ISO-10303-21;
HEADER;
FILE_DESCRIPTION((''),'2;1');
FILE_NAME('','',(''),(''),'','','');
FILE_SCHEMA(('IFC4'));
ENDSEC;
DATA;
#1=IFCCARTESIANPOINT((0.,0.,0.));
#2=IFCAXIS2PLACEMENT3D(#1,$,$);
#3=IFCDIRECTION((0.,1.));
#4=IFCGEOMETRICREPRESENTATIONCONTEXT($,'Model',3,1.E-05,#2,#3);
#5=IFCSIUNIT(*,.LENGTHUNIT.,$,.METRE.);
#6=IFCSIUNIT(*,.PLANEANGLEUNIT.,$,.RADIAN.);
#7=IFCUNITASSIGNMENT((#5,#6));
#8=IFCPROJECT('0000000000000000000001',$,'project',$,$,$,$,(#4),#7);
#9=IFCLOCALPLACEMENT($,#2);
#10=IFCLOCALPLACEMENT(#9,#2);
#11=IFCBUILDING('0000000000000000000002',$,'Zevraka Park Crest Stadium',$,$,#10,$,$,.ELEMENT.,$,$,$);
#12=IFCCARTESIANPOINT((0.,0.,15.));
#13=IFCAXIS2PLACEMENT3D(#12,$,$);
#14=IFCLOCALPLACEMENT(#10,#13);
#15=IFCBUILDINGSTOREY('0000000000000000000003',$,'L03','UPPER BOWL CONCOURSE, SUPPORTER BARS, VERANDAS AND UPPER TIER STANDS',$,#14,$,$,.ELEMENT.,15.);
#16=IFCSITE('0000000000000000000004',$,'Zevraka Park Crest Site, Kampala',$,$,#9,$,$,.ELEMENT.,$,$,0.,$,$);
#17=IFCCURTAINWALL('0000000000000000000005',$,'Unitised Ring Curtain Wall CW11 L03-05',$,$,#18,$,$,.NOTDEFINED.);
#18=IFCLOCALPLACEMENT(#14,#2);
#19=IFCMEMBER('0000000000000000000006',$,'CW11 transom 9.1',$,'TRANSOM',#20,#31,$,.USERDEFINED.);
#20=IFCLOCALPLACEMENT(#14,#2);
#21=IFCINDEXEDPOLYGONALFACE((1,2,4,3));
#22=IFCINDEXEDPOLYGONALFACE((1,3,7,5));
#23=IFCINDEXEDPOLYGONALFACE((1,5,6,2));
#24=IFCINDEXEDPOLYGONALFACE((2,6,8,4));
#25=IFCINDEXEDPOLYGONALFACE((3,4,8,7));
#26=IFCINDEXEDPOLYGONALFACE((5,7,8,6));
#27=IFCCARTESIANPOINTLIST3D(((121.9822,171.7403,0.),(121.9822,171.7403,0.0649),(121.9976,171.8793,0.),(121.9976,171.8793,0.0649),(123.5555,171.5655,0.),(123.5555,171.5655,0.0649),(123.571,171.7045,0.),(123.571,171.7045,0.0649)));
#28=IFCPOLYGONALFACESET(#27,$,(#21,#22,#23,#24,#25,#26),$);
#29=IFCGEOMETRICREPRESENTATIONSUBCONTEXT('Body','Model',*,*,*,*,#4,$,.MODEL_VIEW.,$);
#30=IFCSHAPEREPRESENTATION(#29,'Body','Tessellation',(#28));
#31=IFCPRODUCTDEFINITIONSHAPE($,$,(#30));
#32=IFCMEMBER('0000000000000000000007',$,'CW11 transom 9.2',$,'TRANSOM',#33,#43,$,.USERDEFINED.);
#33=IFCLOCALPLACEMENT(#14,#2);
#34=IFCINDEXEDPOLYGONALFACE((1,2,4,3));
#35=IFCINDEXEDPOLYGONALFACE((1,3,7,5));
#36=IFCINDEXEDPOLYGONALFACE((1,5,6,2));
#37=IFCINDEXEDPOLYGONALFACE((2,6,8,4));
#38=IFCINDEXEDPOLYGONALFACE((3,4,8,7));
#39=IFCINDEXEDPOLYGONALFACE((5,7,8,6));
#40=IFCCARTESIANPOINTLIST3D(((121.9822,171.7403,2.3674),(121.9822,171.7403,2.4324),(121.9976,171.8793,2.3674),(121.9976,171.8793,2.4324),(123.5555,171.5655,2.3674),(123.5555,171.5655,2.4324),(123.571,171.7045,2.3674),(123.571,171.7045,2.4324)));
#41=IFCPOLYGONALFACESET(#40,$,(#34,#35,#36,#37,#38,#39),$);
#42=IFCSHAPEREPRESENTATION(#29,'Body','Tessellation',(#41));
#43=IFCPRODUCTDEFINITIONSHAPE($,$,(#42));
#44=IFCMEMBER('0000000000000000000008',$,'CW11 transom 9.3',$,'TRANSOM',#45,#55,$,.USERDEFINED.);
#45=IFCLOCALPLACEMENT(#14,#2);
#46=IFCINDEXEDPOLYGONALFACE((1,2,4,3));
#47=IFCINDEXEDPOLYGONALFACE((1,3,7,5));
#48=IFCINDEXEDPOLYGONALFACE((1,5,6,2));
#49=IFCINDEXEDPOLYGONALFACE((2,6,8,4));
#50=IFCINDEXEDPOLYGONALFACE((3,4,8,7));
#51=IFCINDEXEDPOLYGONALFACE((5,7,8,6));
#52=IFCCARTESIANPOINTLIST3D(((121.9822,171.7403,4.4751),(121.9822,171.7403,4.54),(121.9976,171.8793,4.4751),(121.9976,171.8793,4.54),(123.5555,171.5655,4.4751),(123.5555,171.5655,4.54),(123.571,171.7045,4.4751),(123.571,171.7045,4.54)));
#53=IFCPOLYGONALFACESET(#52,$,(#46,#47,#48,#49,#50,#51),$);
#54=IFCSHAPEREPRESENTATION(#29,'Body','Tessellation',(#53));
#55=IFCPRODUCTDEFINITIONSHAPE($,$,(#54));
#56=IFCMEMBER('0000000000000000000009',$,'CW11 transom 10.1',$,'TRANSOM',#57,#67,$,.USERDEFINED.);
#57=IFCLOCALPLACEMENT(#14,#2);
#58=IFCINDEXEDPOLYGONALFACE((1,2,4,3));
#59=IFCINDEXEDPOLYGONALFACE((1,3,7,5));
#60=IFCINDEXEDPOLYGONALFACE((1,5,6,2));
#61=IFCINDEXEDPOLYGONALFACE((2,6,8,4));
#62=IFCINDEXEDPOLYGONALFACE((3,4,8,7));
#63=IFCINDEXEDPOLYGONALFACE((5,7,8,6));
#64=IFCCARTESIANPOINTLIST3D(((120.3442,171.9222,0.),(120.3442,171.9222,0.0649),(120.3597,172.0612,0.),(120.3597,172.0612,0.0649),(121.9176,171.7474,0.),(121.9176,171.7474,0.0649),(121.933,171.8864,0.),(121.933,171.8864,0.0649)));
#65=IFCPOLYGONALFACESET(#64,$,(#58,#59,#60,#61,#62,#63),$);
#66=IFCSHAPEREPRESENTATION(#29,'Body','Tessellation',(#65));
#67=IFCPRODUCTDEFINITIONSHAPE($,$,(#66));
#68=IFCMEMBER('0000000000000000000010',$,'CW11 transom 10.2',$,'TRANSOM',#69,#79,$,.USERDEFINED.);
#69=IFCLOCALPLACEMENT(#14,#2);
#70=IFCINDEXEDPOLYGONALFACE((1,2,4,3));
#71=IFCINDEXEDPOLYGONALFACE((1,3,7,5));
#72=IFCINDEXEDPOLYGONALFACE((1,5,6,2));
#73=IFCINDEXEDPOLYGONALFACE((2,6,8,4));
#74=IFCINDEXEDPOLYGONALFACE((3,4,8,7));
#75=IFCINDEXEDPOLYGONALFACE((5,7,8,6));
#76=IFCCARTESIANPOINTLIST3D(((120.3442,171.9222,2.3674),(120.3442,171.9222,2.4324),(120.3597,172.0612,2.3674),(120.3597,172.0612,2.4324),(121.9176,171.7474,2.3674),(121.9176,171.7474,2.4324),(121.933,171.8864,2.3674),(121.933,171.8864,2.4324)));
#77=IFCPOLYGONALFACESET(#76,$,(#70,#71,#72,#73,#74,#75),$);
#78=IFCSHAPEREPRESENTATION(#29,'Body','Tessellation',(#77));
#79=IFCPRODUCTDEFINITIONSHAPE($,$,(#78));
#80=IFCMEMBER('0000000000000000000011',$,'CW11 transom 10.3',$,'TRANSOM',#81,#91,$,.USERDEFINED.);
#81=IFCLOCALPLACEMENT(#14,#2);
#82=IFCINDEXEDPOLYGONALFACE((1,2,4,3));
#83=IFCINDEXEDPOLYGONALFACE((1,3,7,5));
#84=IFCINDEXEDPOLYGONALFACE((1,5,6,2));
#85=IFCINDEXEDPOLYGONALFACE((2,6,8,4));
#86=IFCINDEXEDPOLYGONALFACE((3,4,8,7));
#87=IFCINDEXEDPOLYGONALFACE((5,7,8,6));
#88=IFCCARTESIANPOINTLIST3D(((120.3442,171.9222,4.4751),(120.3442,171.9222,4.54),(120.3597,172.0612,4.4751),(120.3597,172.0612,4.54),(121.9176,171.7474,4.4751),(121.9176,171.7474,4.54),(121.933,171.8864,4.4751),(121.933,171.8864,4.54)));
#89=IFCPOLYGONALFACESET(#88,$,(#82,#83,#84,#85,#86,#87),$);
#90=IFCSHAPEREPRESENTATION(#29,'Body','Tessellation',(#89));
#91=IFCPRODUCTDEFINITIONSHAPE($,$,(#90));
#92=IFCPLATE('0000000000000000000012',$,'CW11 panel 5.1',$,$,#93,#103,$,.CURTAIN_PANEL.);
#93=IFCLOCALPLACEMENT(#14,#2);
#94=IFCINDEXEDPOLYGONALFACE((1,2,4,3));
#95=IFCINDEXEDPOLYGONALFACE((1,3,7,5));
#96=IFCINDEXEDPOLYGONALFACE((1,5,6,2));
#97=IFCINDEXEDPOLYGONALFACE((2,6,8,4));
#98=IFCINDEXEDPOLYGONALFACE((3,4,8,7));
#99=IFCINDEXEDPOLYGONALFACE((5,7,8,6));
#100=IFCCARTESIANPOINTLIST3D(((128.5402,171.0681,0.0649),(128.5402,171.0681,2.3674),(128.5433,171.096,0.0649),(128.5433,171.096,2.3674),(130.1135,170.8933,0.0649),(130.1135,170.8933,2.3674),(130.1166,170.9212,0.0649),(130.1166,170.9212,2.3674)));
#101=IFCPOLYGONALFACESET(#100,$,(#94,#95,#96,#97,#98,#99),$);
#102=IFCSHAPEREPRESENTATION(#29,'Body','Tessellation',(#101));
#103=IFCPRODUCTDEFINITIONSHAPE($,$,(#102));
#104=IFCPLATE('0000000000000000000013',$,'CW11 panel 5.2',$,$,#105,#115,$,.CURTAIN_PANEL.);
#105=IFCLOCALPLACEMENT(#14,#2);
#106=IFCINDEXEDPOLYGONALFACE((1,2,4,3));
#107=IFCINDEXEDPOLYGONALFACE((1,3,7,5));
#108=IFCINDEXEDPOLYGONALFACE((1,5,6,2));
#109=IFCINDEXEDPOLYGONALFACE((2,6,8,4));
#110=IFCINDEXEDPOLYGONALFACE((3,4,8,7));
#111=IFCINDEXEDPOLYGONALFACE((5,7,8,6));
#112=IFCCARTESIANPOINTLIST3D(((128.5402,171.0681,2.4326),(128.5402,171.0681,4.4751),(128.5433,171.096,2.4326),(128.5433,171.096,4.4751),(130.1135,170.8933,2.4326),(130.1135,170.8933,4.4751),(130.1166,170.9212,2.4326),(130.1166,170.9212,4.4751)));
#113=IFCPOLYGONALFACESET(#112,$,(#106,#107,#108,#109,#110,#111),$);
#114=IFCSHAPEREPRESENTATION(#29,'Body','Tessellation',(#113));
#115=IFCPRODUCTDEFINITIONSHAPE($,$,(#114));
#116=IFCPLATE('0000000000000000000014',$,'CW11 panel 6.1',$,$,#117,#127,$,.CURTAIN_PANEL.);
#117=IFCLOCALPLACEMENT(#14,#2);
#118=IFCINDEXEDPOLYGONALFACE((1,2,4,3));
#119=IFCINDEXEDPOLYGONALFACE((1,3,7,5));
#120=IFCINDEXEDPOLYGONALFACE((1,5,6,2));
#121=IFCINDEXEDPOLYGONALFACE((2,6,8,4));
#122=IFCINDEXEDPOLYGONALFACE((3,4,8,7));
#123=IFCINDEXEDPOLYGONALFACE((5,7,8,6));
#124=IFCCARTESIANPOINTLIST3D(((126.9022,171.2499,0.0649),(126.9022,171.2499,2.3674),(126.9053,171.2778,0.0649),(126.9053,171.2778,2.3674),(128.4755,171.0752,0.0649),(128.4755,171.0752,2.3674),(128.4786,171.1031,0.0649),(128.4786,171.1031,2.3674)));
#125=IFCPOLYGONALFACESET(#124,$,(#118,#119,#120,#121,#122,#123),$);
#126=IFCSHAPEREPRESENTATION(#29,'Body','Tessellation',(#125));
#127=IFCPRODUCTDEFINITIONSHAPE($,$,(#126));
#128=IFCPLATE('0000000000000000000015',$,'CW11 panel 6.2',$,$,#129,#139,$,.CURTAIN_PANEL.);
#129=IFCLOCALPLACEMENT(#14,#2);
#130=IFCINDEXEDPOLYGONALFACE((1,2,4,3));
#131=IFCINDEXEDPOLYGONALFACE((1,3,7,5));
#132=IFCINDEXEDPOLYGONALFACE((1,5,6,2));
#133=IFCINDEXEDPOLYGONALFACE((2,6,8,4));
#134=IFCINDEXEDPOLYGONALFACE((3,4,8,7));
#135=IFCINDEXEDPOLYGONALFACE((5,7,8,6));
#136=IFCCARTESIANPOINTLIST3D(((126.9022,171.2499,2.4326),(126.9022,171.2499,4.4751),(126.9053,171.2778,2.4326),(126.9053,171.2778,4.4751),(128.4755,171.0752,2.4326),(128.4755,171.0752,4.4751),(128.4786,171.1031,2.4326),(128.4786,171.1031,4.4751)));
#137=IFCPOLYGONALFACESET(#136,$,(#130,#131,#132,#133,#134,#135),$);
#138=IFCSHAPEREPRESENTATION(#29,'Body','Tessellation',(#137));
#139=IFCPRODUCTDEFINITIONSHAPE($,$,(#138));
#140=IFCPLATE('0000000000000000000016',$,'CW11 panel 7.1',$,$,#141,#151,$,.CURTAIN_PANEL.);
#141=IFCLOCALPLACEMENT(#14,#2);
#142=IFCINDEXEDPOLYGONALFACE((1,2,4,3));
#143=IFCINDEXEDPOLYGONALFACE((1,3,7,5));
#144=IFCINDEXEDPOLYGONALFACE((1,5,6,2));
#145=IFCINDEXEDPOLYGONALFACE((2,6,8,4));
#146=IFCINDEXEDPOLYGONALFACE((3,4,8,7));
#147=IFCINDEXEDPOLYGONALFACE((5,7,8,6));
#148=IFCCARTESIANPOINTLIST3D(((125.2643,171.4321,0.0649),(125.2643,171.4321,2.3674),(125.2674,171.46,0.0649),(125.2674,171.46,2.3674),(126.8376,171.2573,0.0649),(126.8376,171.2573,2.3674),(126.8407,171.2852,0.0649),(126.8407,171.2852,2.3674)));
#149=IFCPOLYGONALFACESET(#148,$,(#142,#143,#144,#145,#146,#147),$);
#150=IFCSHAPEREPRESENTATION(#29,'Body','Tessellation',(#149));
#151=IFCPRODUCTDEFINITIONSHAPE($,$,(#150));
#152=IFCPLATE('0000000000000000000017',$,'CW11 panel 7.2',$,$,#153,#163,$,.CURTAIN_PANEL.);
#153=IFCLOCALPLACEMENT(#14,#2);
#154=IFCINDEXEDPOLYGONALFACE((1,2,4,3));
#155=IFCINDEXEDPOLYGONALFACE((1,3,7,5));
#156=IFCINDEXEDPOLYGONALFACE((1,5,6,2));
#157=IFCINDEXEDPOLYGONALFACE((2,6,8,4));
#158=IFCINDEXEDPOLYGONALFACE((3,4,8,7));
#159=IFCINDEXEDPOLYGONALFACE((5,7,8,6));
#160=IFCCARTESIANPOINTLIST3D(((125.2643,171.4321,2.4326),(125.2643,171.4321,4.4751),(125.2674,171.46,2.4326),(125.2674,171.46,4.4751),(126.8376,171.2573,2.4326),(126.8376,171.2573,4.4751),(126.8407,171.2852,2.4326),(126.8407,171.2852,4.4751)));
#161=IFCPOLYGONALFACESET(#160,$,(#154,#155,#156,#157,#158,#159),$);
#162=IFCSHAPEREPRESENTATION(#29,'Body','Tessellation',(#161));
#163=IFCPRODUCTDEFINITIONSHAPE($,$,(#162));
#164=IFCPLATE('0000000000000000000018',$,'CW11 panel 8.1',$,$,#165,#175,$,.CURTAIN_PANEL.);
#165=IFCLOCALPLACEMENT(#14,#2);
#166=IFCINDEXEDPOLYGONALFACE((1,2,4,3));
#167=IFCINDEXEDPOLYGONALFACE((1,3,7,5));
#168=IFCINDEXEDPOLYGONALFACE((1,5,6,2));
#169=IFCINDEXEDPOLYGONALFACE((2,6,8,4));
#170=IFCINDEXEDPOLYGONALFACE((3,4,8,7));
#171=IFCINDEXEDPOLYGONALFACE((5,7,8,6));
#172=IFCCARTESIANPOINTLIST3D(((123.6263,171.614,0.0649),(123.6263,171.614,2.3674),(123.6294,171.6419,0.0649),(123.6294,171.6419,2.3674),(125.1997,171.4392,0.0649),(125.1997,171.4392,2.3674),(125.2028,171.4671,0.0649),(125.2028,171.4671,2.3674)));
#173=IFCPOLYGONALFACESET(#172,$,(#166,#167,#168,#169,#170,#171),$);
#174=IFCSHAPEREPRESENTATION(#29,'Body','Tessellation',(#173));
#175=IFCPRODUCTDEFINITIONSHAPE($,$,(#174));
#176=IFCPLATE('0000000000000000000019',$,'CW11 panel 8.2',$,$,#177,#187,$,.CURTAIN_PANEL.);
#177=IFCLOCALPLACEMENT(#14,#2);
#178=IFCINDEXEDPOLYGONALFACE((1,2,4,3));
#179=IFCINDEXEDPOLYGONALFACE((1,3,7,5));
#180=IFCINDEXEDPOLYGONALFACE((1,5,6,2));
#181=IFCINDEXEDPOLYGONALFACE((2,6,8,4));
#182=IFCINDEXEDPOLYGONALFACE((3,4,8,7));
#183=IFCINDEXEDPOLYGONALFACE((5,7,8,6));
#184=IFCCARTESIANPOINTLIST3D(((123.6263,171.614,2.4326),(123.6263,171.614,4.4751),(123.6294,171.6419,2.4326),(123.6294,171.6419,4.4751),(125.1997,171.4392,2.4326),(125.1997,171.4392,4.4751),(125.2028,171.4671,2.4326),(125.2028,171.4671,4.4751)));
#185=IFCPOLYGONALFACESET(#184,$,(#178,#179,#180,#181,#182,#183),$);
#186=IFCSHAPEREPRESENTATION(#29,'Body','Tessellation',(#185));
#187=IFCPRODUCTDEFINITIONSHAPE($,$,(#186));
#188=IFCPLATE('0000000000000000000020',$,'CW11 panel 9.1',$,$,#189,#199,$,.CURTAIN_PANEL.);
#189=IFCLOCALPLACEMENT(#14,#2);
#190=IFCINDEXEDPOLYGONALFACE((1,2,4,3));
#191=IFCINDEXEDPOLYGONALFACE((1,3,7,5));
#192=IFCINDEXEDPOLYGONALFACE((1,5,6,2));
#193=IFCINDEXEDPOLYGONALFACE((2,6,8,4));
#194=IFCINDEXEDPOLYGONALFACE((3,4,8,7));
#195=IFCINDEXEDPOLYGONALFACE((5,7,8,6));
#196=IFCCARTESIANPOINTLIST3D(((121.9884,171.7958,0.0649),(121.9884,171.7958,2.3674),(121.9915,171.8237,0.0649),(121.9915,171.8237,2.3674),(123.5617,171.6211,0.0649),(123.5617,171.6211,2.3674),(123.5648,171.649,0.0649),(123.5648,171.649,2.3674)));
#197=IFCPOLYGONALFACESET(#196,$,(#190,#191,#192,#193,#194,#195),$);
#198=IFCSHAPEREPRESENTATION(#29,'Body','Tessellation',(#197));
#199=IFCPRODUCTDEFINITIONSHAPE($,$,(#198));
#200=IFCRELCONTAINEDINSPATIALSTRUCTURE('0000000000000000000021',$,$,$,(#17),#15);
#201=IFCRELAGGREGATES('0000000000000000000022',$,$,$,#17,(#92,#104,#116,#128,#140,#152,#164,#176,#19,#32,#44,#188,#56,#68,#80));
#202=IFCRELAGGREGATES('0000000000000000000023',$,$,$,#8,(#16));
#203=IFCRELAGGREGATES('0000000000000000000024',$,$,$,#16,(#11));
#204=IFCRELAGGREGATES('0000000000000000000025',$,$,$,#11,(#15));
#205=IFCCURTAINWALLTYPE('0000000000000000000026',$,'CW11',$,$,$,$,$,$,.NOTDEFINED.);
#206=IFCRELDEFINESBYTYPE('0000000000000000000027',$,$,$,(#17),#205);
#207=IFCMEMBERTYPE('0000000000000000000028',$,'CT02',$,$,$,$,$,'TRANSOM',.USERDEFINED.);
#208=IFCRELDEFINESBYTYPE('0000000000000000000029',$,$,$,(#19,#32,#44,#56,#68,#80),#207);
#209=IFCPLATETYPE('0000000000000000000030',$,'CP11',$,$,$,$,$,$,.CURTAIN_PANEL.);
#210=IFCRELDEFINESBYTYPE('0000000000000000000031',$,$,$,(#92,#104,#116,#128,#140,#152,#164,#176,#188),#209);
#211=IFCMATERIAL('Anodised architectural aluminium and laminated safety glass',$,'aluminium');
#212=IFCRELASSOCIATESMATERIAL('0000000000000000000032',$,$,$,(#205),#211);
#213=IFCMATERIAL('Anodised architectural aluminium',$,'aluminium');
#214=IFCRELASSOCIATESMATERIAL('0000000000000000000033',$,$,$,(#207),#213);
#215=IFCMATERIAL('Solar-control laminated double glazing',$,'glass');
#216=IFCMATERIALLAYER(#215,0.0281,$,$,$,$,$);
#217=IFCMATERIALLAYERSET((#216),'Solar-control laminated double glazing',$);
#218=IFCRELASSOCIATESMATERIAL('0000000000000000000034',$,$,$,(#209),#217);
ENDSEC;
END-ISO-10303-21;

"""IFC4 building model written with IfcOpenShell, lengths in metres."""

from ifc_helpers import new_model, si_unit, direction, frame, origin, origin_2d, place, context, subcontext, project, spatial, rectangle, extrude, material, layer, layer_set, material_profile, profile_set, type_object, element, aggregate, save


model = new_model("IFC4")

# Units and contexts
model_context = context("Model", 3, precision=1e-05, world=origin(), true_north=direction((0.0, 1.0)))
body_context = subcontext(model_context, "Body", "Model", "MODEL_VIEW")
ifc_project = project(units=[si_unit("LENGTHUNIT", "METRE"), si_unit("PLANEANGLEUNIT", "RADIAN")], contexts=[model_context])

# Site, building, storey
site_placement = place(None, origin())
site = spatial("IfcSite", under=ifc_project, at=site_placement, Name="Zevraka Park Crest Site, Kampala", CompositionType="ELEMENT", RefElevation=0.0)
building_placement = place(site_placement, origin())
building = spatial("IfcBuilding", under=site, at=building_placement, Name="Zevraka Park Crest Stadium", CompositionType="ELEMENT")
storey_placement = place(building_placement, frame((0.0, 0.0, 15.0)))
storey = spatial("IfcBuildingStorey", under=building, at=storey_placement, Name="L03", Description="UPPER BOWL CONCOURSE, SUPPORTER BARS, VERANDAS AND UPPER TIER STANDS", CompositionType="ELEMENT", Elevation=15.0)

# Curtain wall, members, plates
ifc_material_1 = material(Name="Anodised architectural aluminium and laminated safety glass", Category="aluminium")
curtain_wall_type = type_object("IfcCurtainWallType", Name="CW11", PredefinedType="NOTDEFINED", material=ifc_material_1)
curtain_wall_placement = place(storey_placement, origin())
curtain_wall = element("IfcCurtainWall", 1, at=curtain_wall_placement, inside=storey, type_object=curtain_wall_type, Name="Unitised Ring Curtain Wall CW11 L03-05", PredefinedType="NOTDEFINED")
ifc_material_2 = material(Name="Anodised architectural aluminium", Category="aluminium")
ifc_material_profile_1 = material_profile(ifc_material_2, rectangle(XDim=0.1399, YDim=0.0649, at=origin_2d()), Name="ALU TRANSOM 140x65")
ifc_profile_set_1 = profile_set([ifc_material_profile_1], Name="Anodised architectural aluminium")
member_type_1 = type_object("IfcMemberType", Name="CT02", ElementType="TRANSOM", PredefinedType="USERDEFINED", material=ifc_profile_set_1)
member_1_placement = place(storey_placement, frame((123.5632, 171.635, 0.0325), z_axis=(-0.993884, 0.110432, 0.0), x_axis=(-0.110432, -0.993884, 0.0)))
member_1 = element("IfcMember", 2, at=member_1_placement, type_object=member_type_1, Name="CW11 transom 9.1", ObjectType="TRANSOM", PredefinedType="USERDEFINED", context=body_context, shape_type="SweptSolid", body=[
    extrude(rectangle(XDim=0.1399, YDim=0.0649, at=origin_2d()), origin(), (0.0, 0.0, 1.0), 1.583),
])
member_2_placement = place(storey_placement, frame((123.5632, 171.635, 2.3999), z_axis=(-0.993884, 0.110432, 0.0), x_axis=(-0.110432, -0.993884, 0.0)))
member_2 = element("IfcMember", 3, at=member_2_placement, type_object=member_type_1, Name="CW11 transom 9.2", ObjectType="TRANSOM", PredefinedType="USERDEFINED", context=body_context, shape_type="SweptSolid", body=[
    extrude(rectangle(XDim=0.1399, YDim=0.0649, at=origin_2d()), origin(), (0.0, 0.0, 1.0), 1.583),
])
member_3_placement = place(storey_placement, frame((123.5632, 171.635, 4.5076), z_axis=(-0.993884, 0.110432, 0.0), x_axis=(-0.110432, -0.993884, 0.0)))
member_3 = element("IfcMember", 4, at=member_3_placement, type_object=member_type_1, Name="CW11 transom 9.3", ObjectType="TRANSOM", PredefinedType="USERDEFINED", context=body_context, shape_type="SweptSolid", body=[
    extrude(rectangle(XDim=0.1399, YDim=0.0649, at=origin_2d()), origin(), (0.0, 0.0, 1.0), 1.583),
])
member_4_placement = place(storey_placement, frame((121.9253, 171.8169, 0.0325), z_axis=(-0.993884, 0.110432, 0.0), x_axis=(-0.110432, -0.993884, 0.0)))
member_4 = element("IfcMember", 5, at=member_4_placement, type_object=member_type_1, Name="CW11 transom 10.1", ObjectType="TRANSOM", PredefinedType="USERDEFINED", context=body_context, shape_type="SweptSolid", body=[
    extrude(rectangle(XDim=0.1399, YDim=0.0649, at=origin_2d()), origin(), (0.0, 0.0, 1.0), 1.583),
])
member_5_placement = place(storey_placement, frame((121.9253, 171.8169, 2.3999), z_axis=(-0.993884, 0.110432, 0.0), x_axis=(-0.110432, -0.993884, 0.0)))
member_5 = element("IfcMember", 6, at=member_5_placement, type_object=member_type_1, Name="CW11 transom 10.2", ObjectType="TRANSOM", PredefinedType="USERDEFINED", context=body_context, shape_type="SweptSolid", body=[
    extrude(rectangle(XDim=0.1399, YDim=0.0649, at=origin_2d()), origin(), (0.0, 0.0, 1.0), 1.583),
])
member_6_placement = place(storey_placement, frame((121.9253, 171.8169, 4.5076), z_axis=(-0.993884, 0.110432, 0.0), x_axis=(-0.110432, -0.993884, 0.0)))
member_6 = element("IfcMember", 7, at=member_6_placement, type_object=member_type_1, Name="CW11 transom 10.3", ObjectType="TRANSOM", PredefinedType="USERDEFINED", context=body_context, shape_type="SweptSolid", body=[
    extrude(rectangle(XDim=0.1399, YDim=0.0649, at=origin_2d()), origin(), (0.0, 0.0, 1.0), 1.583),
])
ifc_material_3 = material(Name="Solar-control laminated double glazing", Category="glass")
ifc_layer_1 = layer(ifc_material_3, 0.0281)
ifc_layer_set_1 = layer_set([ifc_layer_1], Name="Solar-control laminated double glazing")
plate_type = type_object("IfcPlateType", Name="CP11", PredefinedType="CURTAIN_PANEL", material=ifc_layer_set_1)
plate_1_placement = place(storey_placement, frame((129.3284, 170.9946, 0.0649), z_axis=(0.0, 0.0, 1.0), x_axis=(-0.993888, 0.110396, 0.0)))
plate_1 = element("IfcPlate", 8, at=plate_1_placement, type_object=plate_type, Name="CW11 panel 5.1", PredefinedType="CURTAIN_PANEL", context=body_context, shape_type="SweptSolid", body=[
    extrude(rectangle(XDim=1.583, YDim=0.0281, at=origin_2d()), origin(), (0.0, 0.0, 1.0), 2.3025),
])
plate_2_placement = place(storey_placement, frame((129.3284, 170.9946, 2.4326), z_axis=(0.0, 0.0, 1.0), x_axis=(-0.993888, 0.110396, 0.0)))
plate_2 = element("IfcPlate", 9, at=plate_2_placement, type_object=plate_type, Name="CW11 panel 5.2", PredefinedType="CURTAIN_PANEL", context=body_context, shape_type="SweptSolid", body=[
    extrude(rectangle(XDim=1.583, YDim=0.0281, at=origin_2d()), origin(), (0.0, 0.0, 1.0), 2.0425),
])
plate_3_placement = place(storey_placement, frame((127.6904, 171.1765, 0.0649), z_axis=(0.0, 0.0, 1.0), x_axis=(-0.993888, 0.110396, 0.0)))
plate_3 = element("IfcPlate", 10, at=plate_3_placement, type_object=plate_type, Name="CW11 panel 6.1", PredefinedType="CURTAIN_PANEL", context=body_context, shape_type="SweptSolid", body=[
    extrude(rectangle(XDim=1.583, YDim=0.0281, at=origin_2d()), origin(), (0.0, 0.0, 1.0), 2.3025),
])
plate_4_placement = place(storey_placement, frame((127.6904, 171.1765, 2.4326), z_axis=(0.0, 0.0, 1.0), x_axis=(-0.993888, 0.110396, 0.0)))
plate_4 = element("IfcPlate", 11, at=plate_4_placement, type_object=plate_type, Name="CW11 panel 6.2", PredefinedType="CURTAIN_PANEL", context=body_context, shape_type="SweptSolid", body=[
    extrude(rectangle(XDim=1.583, YDim=0.0281, at=origin_2d()), origin(), (0.0, 0.0, 1.0), 2.0425),
])
plate_5_placement = place(storey_placement, frame((126.0525, 171.3586, 0.0649), z_axis=(0.0, 0.0, 1.0), x_axis=(-0.993888, 0.110396, 0.0)))
plate_5 = element("IfcPlate", 12, at=plate_5_placement, type_object=plate_type, Name="CW11 panel 7.1", PredefinedType="CURTAIN_PANEL", context=body_context, shape_type="SweptSolid", body=[
    extrude(rectangle(XDim=1.583, YDim=0.0281, at=origin_2d()), origin(), (0.0, 0.0, 1.0), 2.3025),
])
plate_6_placement = place(storey_placement, frame((126.0525, 171.3586, 2.4326), z_axis=(0.0, 0.0, 1.0), x_axis=(-0.993888, 0.110396, 0.0)))
plate_6 = element("IfcPlate", 13, at=plate_6_placement, type_object=plate_type, Name="CW11 panel 7.2", PredefinedType="CURTAIN_PANEL", context=body_context, shape_type="SweptSolid", body=[
    extrude(rectangle(XDim=1.583, YDim=0.0281, at=origin_2d()), origin(), (0.0, 0.0, 1.0), 2.0425),
])
plate_7_placement = place(storey_placement, frame((124.4146, 171.5405, 0.0649), z_axis=(0.0, 0.0, 1.0), x_axis=(-0.993888, 0.110396, 0.0)))
plate_7 = element("IfcPlate", 14, at=plate_7_placement, type_object=plate_type, Name="CW11 panel 8.1", PredefinedType="CURTAIN_PANEL", context=body_context, shape_type="SweptSolid", body=[
    extrude(rectangle(XDim=1.583, YDim=0.0281, at=origin_2d()), origin(), (0.0, 0.0, 1.0), 2.3025),
])
plate_8_placement = place(storey_placement, frame((124.4146, 171.5405, 2.4326), z_axis=(0.0, 0.0, 1.0), x_axis=(-0.993888, 0.110396, 0.0)))
plate_8 = element("IfcPlate", 15, at=plate_8_placement, type_object=plate_type, Name="CW11 panel 8.2", PredefinedType="CURTAIN_PANEL", context=body_context, shape_type="SweptSolid", body=[
    extrude(rectangle(XDim=1.583, YDim=0.0281, at=origin_2d()), origin(), (0.0, 0.0, 1.0), 2.0425),
])
plate_9_placement = place(storey_placement, frame((122.7766, 171.7224, 0.0649), z_axis=(0.0, 0.0, 1.0), x_axis=(-0.993888, 0.110396, 0.0)))
plate_9 = element("IfcPlate", 16, at=plate_9_placement, type_object=plate_type, Name="CW11 panel 9.1", PredefinedType="CURTAIN_PANEL", context=body_context, shape_type="SweptSolid", body=[
    extrude(rectangle(XDim=1.583, YDim=0.0281, at=origin_2d()), origin(), (0.0, 0.0, 1.0), 2.3025),
])
aggregate(curtain_wall, [plate_1, plate_2, plate_3, plate_4, plate_5, plate_6, plate_7, plate_8, member_1, member_2, member_3, plate_9, member_4, member_5, member_6])

save(model, "model.ifc")
